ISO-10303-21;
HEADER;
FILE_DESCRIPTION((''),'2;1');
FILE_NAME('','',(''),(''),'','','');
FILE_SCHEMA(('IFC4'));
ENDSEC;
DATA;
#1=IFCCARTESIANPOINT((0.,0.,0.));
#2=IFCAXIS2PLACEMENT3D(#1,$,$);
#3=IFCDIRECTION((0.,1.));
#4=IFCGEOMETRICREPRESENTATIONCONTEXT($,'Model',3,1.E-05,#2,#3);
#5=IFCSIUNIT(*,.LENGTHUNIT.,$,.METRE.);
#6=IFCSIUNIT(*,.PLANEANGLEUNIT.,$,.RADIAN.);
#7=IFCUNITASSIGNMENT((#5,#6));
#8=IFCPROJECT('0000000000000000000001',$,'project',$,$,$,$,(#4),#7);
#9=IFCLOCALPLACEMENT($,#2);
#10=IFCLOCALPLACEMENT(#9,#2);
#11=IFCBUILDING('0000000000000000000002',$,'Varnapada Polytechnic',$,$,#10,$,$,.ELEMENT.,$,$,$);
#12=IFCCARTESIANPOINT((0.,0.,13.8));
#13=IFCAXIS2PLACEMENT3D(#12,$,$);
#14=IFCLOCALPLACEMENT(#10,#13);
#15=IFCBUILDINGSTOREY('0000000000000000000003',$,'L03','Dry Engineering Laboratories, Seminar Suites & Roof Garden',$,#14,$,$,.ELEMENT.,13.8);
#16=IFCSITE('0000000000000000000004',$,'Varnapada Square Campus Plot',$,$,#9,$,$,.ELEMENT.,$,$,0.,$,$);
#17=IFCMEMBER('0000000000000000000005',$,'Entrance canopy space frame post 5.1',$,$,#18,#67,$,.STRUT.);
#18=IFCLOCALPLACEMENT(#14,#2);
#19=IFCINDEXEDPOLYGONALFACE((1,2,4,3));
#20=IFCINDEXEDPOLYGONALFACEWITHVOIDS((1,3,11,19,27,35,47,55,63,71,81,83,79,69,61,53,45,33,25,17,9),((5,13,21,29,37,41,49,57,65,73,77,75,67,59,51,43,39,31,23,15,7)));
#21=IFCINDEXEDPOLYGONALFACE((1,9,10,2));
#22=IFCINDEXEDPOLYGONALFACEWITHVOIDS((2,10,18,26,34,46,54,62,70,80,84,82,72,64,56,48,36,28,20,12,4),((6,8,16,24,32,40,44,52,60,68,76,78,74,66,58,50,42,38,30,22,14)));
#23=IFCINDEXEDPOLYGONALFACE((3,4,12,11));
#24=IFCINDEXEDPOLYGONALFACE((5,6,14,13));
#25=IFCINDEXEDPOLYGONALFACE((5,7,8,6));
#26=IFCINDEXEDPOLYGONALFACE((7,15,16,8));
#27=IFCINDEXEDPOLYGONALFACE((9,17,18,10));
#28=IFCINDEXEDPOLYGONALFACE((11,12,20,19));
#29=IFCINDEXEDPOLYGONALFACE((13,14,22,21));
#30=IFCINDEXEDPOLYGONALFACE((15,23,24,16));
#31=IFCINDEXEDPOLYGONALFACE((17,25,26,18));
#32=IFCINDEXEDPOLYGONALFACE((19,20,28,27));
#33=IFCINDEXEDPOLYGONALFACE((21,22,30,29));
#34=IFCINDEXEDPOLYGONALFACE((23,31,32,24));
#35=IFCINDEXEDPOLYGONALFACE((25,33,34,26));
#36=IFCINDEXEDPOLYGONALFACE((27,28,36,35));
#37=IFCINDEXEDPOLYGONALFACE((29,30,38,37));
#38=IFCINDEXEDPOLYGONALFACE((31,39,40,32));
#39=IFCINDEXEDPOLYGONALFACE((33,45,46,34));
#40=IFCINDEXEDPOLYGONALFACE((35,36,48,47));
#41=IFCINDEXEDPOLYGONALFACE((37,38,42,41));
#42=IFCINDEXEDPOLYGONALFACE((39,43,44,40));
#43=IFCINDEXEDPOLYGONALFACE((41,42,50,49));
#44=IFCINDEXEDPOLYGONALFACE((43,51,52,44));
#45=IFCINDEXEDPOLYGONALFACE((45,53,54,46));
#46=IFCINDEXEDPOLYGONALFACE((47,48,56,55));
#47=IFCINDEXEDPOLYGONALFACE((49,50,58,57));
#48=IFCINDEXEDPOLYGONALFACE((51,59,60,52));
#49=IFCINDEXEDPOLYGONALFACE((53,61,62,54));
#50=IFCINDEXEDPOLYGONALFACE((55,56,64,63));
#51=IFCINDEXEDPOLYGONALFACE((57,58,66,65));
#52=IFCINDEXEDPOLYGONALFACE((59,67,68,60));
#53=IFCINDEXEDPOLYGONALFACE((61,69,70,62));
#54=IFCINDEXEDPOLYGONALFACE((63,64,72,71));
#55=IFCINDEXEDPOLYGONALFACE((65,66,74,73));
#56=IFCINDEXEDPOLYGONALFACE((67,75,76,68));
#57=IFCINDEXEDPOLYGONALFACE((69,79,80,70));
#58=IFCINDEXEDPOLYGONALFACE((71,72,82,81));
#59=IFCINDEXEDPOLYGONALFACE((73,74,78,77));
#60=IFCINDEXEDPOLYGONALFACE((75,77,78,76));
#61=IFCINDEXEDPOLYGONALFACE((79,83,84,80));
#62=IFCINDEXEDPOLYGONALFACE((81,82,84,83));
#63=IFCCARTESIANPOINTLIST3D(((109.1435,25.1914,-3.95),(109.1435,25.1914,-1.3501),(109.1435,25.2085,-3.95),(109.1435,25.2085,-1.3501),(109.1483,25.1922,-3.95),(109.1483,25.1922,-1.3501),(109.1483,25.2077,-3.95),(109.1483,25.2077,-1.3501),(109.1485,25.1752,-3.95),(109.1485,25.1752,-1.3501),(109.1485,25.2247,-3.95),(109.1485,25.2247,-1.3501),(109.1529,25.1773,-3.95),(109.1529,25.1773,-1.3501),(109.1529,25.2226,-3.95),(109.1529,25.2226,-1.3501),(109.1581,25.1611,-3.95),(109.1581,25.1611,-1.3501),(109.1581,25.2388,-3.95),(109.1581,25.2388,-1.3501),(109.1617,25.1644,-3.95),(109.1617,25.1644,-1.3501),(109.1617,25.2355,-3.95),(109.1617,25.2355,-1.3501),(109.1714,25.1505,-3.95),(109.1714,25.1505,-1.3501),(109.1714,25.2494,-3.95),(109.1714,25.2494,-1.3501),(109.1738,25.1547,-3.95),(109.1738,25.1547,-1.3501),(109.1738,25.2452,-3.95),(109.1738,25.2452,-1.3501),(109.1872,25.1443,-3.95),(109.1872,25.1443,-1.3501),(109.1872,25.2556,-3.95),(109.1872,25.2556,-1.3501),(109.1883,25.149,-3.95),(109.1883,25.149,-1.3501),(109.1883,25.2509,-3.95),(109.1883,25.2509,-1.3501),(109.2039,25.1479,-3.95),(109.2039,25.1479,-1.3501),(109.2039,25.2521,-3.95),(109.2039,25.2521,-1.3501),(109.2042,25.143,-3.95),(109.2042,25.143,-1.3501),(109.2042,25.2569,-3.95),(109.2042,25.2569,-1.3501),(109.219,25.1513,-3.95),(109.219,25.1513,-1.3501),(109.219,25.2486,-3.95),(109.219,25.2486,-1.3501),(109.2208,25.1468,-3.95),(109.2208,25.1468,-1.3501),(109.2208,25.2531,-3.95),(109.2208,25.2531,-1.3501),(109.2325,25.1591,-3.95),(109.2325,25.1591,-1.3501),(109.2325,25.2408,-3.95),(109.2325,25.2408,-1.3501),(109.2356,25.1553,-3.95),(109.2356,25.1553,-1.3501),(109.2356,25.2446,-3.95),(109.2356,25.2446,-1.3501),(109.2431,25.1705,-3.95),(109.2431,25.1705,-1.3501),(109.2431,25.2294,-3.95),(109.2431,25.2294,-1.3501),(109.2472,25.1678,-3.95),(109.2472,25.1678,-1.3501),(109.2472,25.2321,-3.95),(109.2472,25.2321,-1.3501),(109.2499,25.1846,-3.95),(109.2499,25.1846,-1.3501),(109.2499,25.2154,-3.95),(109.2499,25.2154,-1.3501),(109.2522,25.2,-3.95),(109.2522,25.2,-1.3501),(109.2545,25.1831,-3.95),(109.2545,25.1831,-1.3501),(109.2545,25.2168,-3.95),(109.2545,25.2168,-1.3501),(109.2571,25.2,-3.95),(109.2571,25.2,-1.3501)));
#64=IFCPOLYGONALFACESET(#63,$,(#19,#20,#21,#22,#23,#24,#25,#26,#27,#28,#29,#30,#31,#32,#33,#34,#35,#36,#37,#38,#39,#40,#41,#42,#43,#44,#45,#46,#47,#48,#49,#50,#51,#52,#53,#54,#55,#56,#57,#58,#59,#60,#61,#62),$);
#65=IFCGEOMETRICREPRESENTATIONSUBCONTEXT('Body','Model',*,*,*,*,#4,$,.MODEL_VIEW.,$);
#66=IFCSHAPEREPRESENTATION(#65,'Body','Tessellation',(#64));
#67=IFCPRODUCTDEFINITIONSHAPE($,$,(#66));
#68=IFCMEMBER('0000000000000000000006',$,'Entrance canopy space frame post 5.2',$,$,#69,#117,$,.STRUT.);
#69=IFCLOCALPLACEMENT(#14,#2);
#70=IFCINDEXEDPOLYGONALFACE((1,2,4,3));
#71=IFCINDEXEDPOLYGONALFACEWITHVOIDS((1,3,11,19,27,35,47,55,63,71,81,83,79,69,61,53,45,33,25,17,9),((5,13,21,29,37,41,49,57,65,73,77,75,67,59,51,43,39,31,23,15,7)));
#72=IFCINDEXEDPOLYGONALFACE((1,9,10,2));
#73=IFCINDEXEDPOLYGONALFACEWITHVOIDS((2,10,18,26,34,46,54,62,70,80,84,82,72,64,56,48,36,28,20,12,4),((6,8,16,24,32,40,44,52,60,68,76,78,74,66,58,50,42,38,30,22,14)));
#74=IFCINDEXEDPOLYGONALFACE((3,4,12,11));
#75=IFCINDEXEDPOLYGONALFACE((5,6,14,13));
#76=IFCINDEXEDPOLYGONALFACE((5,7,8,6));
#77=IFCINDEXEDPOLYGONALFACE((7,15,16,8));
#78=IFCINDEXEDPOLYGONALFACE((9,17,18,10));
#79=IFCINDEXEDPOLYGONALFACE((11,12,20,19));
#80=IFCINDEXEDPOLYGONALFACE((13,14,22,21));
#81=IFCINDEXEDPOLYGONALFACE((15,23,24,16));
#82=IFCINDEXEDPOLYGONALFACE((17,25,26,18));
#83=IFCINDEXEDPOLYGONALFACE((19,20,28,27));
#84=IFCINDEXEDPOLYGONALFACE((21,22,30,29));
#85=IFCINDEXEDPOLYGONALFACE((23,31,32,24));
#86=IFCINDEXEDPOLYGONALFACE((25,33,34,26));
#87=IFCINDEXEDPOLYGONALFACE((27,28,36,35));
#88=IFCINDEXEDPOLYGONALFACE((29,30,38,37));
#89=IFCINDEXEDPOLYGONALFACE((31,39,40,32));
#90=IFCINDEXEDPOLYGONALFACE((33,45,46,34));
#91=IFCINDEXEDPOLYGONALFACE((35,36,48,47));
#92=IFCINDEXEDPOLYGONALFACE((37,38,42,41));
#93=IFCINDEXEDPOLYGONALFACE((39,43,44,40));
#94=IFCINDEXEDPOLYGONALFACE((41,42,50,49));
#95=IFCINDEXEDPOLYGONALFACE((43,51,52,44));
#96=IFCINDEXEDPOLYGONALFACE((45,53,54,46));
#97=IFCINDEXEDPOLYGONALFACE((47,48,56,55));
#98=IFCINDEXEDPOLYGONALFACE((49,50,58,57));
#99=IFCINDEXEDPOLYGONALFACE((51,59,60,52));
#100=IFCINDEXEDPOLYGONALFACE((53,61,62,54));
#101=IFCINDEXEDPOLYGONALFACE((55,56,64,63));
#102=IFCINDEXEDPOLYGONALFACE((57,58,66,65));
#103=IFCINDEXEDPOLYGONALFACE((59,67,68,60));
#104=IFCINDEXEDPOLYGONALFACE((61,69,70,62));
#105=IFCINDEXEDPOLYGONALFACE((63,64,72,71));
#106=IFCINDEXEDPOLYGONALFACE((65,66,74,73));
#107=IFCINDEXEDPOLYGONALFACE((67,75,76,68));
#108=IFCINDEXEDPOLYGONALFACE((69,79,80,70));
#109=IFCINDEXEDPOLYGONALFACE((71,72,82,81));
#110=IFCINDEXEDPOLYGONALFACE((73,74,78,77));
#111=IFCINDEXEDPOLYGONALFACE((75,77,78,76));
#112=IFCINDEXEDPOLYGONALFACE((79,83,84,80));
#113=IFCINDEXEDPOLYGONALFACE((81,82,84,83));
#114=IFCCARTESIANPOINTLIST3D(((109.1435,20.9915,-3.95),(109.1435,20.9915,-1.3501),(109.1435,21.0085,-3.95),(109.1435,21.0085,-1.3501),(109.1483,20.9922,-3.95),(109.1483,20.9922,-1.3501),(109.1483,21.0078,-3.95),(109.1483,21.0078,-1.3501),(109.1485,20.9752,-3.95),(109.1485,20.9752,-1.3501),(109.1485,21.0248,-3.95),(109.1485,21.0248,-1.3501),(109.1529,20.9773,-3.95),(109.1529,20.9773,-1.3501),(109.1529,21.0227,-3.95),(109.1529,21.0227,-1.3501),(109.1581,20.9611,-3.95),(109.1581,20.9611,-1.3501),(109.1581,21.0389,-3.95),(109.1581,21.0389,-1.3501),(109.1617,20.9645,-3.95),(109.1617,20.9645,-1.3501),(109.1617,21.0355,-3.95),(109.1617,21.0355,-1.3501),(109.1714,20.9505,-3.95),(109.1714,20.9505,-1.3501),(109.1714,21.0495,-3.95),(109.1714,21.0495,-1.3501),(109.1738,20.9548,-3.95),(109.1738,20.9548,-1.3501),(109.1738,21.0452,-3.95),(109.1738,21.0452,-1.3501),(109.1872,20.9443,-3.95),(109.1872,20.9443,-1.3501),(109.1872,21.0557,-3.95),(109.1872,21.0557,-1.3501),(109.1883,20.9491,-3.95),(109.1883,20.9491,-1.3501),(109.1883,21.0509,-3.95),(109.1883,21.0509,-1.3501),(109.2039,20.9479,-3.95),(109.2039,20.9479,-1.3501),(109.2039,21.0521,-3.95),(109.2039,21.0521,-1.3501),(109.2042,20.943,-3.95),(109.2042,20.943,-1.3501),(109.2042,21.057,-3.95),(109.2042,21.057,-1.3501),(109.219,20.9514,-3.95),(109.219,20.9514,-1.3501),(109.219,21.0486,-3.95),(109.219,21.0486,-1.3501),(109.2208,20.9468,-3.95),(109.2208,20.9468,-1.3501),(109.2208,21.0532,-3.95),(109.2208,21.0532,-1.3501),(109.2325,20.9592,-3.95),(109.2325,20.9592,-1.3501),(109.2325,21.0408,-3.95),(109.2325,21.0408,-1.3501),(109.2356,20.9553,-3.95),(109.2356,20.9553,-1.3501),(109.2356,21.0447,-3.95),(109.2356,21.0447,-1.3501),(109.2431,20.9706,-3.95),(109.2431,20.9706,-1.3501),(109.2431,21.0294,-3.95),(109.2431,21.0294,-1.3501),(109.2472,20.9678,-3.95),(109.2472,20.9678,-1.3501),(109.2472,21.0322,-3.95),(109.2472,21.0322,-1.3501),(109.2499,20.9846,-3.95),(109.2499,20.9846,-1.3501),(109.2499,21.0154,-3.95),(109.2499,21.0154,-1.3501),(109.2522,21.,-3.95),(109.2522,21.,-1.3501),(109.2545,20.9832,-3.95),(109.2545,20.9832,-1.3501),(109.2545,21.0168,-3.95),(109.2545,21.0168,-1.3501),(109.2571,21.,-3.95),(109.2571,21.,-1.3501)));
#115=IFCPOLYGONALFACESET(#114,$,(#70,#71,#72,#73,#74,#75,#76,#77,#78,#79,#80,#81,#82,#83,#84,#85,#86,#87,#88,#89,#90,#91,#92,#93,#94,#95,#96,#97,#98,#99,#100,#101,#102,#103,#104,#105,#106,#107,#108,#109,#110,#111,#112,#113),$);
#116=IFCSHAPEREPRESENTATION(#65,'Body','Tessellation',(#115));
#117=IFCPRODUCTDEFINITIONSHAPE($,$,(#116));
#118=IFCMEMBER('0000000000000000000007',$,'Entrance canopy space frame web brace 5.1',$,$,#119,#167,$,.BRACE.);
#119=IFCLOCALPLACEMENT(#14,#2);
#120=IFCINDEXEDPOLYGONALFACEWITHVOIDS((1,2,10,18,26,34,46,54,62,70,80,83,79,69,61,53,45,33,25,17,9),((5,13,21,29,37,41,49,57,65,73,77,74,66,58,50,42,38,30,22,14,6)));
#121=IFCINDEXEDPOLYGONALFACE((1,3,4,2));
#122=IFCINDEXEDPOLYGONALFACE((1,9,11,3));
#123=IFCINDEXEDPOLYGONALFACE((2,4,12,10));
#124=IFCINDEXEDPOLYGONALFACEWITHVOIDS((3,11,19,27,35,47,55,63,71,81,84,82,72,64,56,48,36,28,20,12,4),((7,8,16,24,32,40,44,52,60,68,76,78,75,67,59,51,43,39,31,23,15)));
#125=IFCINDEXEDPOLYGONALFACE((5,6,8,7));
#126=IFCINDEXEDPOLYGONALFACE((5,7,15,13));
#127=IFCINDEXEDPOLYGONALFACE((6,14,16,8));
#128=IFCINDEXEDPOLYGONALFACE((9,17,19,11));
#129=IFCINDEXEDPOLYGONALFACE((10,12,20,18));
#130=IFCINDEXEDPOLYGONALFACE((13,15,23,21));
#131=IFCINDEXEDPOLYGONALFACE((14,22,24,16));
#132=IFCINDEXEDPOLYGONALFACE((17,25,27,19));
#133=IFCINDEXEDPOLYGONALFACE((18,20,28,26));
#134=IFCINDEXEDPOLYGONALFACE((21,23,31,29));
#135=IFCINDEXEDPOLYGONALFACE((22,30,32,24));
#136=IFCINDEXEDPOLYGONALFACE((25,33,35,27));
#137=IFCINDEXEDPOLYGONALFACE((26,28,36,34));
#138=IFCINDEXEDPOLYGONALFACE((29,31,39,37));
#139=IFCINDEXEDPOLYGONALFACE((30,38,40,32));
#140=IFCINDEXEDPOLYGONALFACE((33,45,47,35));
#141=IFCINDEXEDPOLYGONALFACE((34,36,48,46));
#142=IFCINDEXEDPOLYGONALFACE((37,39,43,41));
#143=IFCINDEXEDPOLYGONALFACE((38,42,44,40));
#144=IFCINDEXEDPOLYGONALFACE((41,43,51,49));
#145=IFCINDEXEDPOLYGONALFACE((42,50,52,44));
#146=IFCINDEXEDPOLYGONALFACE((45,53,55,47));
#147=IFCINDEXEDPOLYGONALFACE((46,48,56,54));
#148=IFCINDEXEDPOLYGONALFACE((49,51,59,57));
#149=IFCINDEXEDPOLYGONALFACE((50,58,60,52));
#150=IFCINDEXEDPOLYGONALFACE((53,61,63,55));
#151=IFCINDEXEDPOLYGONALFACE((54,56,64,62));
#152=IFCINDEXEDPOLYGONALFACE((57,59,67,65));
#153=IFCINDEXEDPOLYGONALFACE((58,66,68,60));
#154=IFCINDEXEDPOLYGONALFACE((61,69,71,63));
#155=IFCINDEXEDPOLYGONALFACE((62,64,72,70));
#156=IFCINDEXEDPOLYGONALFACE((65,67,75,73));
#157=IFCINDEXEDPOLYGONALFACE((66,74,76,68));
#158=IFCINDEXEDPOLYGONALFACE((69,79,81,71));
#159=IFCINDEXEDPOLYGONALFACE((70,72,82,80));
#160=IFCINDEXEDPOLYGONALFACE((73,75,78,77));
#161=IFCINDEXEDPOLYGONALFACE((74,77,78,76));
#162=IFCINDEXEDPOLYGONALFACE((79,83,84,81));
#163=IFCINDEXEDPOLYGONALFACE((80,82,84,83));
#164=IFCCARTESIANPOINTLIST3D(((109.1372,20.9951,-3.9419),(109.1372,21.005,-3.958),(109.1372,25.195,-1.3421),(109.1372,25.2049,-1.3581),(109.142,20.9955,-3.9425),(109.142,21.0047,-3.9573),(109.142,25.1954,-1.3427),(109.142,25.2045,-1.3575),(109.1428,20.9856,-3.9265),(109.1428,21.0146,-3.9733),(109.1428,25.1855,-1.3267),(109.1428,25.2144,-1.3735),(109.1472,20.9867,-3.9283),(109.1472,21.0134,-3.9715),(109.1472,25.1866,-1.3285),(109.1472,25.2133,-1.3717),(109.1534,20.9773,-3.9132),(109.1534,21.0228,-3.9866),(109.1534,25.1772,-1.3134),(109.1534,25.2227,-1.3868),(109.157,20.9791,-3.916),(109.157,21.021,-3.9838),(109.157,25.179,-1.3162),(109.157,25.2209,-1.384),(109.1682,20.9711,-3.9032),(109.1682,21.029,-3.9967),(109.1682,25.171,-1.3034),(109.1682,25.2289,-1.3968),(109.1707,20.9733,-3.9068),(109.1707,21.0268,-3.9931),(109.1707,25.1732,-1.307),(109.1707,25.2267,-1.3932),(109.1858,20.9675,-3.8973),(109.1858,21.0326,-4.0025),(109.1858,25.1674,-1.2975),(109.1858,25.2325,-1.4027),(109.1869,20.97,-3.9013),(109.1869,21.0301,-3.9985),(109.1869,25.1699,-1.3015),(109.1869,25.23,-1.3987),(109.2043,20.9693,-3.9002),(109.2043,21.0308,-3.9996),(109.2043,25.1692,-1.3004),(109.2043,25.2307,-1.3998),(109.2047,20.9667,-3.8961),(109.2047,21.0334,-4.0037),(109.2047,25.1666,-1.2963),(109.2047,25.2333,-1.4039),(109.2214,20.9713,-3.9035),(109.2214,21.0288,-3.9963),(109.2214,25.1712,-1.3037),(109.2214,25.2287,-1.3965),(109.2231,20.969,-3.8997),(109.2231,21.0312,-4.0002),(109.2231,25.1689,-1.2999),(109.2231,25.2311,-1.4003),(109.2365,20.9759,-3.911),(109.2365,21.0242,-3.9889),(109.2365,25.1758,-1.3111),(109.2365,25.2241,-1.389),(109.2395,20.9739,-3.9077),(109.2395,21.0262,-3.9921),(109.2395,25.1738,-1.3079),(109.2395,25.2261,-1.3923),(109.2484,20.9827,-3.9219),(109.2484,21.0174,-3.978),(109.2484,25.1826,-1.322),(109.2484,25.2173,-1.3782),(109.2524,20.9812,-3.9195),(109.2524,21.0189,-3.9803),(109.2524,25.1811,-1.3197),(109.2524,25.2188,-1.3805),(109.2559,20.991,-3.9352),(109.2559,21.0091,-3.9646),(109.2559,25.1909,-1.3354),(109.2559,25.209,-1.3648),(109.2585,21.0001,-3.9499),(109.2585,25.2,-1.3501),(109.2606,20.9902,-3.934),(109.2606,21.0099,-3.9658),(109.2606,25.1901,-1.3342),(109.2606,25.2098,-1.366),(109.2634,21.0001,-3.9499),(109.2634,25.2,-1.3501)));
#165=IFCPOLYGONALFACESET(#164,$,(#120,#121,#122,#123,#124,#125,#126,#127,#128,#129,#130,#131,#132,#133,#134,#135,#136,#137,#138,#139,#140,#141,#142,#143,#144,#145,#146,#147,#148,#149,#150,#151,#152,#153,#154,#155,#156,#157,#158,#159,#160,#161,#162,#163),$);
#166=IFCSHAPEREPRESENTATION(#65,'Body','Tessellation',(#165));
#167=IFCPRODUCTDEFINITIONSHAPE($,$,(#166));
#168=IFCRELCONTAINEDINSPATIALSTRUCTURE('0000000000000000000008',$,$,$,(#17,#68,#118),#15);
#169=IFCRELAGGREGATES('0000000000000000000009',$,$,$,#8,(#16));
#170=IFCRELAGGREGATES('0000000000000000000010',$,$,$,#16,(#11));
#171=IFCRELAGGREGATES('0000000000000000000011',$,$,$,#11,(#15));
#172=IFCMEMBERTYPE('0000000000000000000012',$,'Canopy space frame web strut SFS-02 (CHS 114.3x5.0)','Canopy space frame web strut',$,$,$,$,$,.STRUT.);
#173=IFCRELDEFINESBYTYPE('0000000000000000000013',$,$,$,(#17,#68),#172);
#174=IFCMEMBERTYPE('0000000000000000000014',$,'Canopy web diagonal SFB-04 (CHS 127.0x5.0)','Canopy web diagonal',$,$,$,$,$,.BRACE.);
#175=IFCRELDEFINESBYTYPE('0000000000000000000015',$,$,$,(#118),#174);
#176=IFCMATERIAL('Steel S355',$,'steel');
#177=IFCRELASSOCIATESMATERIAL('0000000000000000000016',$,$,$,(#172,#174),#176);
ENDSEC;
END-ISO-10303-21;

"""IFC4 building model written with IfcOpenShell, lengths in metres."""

from ifc_helpers import new_model, si_unit, direction, frame, origin, origin_2d, place, context, subcontext, project, spatial, hollow_circle, extrude, material, material_profile, profile_set, type_object, element, save


model = new_model("IFC4")

# Units and contexts
model_context = context("Model", 3, precision=1e-05, world=origin(), true_north=direction((0.0, 1.0)))
body_context = subcontext(model_context, "Body", "Model", "MODEL_VIEW")
ifc_project = project(units=[si_unit("LENGTHUNIT", "METRE"), si_unit("PLANEANGLEUNIT", "RADIAN")], contexts=[model_context])

# Site, building, storey
site_placement = place(None, origin())
site = spatial("IfcSite", under=ifc_project, at=site_placement, Name="Varnapada Square Campus Plot", CompositionType="ELEMENT", RefElevation=0.0)
building_placement = place(site_placement, origin())
building = spatial("IfcBuilding", under=site, at=building_placement, Name="Varnapada Polytechnic", CompositionType="ELEMENT")
storey_placement = place(building_placement, frame((0.0, 0.0, 13.8)))
storey = spatial("IfcBuildingStorey", under=building, at=storey_placement, Name="L03", Description="Dry Engineering Laboratories, Seminar Suites & Roof Garden", CompositionType="ELEMENT", Elevation=13.8)

# Members
ifc_material_1 = material(Name="Steel S355", Category="steel")
ifc_material_profile_1 = material_profile(ifc_material_1, hollow_circle(Radius=0.0571, WallThickness=0.0049, at=origin_2d()), Name="CHS 114.3x5.0")
ifc_profile_set_1 = profile_set([ifc_material_profile_1], Name="Steel S355")
member_type_1 = type_object("IfcMemberType", Name="Canopy space frame web strut SFS-02 (CHS 114.3x5.0)", Description="Canopy space frame web strut", PredefinedType="STRUT", material=ifc_profile_set_1)
for number, where, z_axis, x_axis, name in (
    (1, (109.2, 25.2, -3.95), (0.0, 0.0, 1.0), (1.0, 0.0, 0.0), "Entrance canopy space frame post 5.1"),
    (2, (109.2, 21.0, -3.95), (0.0, 0.0, 1.0), (1.0, 0.0, 0.0), "Entrance canopy space frame post 5.2"),
):
    element("IfcMember", number, at=place(storey_placement, frame(where, z_axis=z_axis, x_axis=x_axis)), inside=storey, type_object=member_type_1, Name=name, PredefinedType="STRUT", context=body_context, shape_type="SweptSolid", body=[
        extrude(hollow_circle(Radius=0.0571, WallThickness=0.0049, at=origin_2d()), origin(), (0.0, 0.0, 1.0), 2.5999),
    ])
ifc_material_profile_2 = material_profile(ifc_material_1, hollow_circle(Radius=0.0635, WallThickness=0.0049, at=origin_2d()), Name="CHS 127.0x5.0")
ifc_profile_set_2 = profile_set([ifc_material_profile_2], Name="Steel S355")
member_type_2 = type_object("IfcMemberType", Name="Canopy web diagonal SFB-04 (CHS 127.0x5.0)", Description="Canopy web diagonal", PredefinedType="BRACE", material=ifc_profile_set_2)
for number, where, z_axis, x_axis, name in (
    (3, (109.2, 25.2, -1.3501), (0.0, -0.850276, -0.526338), (1.0, 0.0, 0.0), "Entrance canopy space frame web brace 5.1"),
):
    element("IfcMember", number, at=place(storey_placement, frame(where, z_axis=z_axis, x_axis=x_axis)), inside=storey, type_object=member_type_2, Name=name, PredefinedType="BRACE", context=body_context, shape_type="SweptSolid", body=[
        extrude(hollow_circle(Radius=0.0635, WallThickness=0.0049, at=origin_2d()), origin(), (0.0, 0.0, 1.0), 4.9395),
    ])

save(model, "model.ifc")
